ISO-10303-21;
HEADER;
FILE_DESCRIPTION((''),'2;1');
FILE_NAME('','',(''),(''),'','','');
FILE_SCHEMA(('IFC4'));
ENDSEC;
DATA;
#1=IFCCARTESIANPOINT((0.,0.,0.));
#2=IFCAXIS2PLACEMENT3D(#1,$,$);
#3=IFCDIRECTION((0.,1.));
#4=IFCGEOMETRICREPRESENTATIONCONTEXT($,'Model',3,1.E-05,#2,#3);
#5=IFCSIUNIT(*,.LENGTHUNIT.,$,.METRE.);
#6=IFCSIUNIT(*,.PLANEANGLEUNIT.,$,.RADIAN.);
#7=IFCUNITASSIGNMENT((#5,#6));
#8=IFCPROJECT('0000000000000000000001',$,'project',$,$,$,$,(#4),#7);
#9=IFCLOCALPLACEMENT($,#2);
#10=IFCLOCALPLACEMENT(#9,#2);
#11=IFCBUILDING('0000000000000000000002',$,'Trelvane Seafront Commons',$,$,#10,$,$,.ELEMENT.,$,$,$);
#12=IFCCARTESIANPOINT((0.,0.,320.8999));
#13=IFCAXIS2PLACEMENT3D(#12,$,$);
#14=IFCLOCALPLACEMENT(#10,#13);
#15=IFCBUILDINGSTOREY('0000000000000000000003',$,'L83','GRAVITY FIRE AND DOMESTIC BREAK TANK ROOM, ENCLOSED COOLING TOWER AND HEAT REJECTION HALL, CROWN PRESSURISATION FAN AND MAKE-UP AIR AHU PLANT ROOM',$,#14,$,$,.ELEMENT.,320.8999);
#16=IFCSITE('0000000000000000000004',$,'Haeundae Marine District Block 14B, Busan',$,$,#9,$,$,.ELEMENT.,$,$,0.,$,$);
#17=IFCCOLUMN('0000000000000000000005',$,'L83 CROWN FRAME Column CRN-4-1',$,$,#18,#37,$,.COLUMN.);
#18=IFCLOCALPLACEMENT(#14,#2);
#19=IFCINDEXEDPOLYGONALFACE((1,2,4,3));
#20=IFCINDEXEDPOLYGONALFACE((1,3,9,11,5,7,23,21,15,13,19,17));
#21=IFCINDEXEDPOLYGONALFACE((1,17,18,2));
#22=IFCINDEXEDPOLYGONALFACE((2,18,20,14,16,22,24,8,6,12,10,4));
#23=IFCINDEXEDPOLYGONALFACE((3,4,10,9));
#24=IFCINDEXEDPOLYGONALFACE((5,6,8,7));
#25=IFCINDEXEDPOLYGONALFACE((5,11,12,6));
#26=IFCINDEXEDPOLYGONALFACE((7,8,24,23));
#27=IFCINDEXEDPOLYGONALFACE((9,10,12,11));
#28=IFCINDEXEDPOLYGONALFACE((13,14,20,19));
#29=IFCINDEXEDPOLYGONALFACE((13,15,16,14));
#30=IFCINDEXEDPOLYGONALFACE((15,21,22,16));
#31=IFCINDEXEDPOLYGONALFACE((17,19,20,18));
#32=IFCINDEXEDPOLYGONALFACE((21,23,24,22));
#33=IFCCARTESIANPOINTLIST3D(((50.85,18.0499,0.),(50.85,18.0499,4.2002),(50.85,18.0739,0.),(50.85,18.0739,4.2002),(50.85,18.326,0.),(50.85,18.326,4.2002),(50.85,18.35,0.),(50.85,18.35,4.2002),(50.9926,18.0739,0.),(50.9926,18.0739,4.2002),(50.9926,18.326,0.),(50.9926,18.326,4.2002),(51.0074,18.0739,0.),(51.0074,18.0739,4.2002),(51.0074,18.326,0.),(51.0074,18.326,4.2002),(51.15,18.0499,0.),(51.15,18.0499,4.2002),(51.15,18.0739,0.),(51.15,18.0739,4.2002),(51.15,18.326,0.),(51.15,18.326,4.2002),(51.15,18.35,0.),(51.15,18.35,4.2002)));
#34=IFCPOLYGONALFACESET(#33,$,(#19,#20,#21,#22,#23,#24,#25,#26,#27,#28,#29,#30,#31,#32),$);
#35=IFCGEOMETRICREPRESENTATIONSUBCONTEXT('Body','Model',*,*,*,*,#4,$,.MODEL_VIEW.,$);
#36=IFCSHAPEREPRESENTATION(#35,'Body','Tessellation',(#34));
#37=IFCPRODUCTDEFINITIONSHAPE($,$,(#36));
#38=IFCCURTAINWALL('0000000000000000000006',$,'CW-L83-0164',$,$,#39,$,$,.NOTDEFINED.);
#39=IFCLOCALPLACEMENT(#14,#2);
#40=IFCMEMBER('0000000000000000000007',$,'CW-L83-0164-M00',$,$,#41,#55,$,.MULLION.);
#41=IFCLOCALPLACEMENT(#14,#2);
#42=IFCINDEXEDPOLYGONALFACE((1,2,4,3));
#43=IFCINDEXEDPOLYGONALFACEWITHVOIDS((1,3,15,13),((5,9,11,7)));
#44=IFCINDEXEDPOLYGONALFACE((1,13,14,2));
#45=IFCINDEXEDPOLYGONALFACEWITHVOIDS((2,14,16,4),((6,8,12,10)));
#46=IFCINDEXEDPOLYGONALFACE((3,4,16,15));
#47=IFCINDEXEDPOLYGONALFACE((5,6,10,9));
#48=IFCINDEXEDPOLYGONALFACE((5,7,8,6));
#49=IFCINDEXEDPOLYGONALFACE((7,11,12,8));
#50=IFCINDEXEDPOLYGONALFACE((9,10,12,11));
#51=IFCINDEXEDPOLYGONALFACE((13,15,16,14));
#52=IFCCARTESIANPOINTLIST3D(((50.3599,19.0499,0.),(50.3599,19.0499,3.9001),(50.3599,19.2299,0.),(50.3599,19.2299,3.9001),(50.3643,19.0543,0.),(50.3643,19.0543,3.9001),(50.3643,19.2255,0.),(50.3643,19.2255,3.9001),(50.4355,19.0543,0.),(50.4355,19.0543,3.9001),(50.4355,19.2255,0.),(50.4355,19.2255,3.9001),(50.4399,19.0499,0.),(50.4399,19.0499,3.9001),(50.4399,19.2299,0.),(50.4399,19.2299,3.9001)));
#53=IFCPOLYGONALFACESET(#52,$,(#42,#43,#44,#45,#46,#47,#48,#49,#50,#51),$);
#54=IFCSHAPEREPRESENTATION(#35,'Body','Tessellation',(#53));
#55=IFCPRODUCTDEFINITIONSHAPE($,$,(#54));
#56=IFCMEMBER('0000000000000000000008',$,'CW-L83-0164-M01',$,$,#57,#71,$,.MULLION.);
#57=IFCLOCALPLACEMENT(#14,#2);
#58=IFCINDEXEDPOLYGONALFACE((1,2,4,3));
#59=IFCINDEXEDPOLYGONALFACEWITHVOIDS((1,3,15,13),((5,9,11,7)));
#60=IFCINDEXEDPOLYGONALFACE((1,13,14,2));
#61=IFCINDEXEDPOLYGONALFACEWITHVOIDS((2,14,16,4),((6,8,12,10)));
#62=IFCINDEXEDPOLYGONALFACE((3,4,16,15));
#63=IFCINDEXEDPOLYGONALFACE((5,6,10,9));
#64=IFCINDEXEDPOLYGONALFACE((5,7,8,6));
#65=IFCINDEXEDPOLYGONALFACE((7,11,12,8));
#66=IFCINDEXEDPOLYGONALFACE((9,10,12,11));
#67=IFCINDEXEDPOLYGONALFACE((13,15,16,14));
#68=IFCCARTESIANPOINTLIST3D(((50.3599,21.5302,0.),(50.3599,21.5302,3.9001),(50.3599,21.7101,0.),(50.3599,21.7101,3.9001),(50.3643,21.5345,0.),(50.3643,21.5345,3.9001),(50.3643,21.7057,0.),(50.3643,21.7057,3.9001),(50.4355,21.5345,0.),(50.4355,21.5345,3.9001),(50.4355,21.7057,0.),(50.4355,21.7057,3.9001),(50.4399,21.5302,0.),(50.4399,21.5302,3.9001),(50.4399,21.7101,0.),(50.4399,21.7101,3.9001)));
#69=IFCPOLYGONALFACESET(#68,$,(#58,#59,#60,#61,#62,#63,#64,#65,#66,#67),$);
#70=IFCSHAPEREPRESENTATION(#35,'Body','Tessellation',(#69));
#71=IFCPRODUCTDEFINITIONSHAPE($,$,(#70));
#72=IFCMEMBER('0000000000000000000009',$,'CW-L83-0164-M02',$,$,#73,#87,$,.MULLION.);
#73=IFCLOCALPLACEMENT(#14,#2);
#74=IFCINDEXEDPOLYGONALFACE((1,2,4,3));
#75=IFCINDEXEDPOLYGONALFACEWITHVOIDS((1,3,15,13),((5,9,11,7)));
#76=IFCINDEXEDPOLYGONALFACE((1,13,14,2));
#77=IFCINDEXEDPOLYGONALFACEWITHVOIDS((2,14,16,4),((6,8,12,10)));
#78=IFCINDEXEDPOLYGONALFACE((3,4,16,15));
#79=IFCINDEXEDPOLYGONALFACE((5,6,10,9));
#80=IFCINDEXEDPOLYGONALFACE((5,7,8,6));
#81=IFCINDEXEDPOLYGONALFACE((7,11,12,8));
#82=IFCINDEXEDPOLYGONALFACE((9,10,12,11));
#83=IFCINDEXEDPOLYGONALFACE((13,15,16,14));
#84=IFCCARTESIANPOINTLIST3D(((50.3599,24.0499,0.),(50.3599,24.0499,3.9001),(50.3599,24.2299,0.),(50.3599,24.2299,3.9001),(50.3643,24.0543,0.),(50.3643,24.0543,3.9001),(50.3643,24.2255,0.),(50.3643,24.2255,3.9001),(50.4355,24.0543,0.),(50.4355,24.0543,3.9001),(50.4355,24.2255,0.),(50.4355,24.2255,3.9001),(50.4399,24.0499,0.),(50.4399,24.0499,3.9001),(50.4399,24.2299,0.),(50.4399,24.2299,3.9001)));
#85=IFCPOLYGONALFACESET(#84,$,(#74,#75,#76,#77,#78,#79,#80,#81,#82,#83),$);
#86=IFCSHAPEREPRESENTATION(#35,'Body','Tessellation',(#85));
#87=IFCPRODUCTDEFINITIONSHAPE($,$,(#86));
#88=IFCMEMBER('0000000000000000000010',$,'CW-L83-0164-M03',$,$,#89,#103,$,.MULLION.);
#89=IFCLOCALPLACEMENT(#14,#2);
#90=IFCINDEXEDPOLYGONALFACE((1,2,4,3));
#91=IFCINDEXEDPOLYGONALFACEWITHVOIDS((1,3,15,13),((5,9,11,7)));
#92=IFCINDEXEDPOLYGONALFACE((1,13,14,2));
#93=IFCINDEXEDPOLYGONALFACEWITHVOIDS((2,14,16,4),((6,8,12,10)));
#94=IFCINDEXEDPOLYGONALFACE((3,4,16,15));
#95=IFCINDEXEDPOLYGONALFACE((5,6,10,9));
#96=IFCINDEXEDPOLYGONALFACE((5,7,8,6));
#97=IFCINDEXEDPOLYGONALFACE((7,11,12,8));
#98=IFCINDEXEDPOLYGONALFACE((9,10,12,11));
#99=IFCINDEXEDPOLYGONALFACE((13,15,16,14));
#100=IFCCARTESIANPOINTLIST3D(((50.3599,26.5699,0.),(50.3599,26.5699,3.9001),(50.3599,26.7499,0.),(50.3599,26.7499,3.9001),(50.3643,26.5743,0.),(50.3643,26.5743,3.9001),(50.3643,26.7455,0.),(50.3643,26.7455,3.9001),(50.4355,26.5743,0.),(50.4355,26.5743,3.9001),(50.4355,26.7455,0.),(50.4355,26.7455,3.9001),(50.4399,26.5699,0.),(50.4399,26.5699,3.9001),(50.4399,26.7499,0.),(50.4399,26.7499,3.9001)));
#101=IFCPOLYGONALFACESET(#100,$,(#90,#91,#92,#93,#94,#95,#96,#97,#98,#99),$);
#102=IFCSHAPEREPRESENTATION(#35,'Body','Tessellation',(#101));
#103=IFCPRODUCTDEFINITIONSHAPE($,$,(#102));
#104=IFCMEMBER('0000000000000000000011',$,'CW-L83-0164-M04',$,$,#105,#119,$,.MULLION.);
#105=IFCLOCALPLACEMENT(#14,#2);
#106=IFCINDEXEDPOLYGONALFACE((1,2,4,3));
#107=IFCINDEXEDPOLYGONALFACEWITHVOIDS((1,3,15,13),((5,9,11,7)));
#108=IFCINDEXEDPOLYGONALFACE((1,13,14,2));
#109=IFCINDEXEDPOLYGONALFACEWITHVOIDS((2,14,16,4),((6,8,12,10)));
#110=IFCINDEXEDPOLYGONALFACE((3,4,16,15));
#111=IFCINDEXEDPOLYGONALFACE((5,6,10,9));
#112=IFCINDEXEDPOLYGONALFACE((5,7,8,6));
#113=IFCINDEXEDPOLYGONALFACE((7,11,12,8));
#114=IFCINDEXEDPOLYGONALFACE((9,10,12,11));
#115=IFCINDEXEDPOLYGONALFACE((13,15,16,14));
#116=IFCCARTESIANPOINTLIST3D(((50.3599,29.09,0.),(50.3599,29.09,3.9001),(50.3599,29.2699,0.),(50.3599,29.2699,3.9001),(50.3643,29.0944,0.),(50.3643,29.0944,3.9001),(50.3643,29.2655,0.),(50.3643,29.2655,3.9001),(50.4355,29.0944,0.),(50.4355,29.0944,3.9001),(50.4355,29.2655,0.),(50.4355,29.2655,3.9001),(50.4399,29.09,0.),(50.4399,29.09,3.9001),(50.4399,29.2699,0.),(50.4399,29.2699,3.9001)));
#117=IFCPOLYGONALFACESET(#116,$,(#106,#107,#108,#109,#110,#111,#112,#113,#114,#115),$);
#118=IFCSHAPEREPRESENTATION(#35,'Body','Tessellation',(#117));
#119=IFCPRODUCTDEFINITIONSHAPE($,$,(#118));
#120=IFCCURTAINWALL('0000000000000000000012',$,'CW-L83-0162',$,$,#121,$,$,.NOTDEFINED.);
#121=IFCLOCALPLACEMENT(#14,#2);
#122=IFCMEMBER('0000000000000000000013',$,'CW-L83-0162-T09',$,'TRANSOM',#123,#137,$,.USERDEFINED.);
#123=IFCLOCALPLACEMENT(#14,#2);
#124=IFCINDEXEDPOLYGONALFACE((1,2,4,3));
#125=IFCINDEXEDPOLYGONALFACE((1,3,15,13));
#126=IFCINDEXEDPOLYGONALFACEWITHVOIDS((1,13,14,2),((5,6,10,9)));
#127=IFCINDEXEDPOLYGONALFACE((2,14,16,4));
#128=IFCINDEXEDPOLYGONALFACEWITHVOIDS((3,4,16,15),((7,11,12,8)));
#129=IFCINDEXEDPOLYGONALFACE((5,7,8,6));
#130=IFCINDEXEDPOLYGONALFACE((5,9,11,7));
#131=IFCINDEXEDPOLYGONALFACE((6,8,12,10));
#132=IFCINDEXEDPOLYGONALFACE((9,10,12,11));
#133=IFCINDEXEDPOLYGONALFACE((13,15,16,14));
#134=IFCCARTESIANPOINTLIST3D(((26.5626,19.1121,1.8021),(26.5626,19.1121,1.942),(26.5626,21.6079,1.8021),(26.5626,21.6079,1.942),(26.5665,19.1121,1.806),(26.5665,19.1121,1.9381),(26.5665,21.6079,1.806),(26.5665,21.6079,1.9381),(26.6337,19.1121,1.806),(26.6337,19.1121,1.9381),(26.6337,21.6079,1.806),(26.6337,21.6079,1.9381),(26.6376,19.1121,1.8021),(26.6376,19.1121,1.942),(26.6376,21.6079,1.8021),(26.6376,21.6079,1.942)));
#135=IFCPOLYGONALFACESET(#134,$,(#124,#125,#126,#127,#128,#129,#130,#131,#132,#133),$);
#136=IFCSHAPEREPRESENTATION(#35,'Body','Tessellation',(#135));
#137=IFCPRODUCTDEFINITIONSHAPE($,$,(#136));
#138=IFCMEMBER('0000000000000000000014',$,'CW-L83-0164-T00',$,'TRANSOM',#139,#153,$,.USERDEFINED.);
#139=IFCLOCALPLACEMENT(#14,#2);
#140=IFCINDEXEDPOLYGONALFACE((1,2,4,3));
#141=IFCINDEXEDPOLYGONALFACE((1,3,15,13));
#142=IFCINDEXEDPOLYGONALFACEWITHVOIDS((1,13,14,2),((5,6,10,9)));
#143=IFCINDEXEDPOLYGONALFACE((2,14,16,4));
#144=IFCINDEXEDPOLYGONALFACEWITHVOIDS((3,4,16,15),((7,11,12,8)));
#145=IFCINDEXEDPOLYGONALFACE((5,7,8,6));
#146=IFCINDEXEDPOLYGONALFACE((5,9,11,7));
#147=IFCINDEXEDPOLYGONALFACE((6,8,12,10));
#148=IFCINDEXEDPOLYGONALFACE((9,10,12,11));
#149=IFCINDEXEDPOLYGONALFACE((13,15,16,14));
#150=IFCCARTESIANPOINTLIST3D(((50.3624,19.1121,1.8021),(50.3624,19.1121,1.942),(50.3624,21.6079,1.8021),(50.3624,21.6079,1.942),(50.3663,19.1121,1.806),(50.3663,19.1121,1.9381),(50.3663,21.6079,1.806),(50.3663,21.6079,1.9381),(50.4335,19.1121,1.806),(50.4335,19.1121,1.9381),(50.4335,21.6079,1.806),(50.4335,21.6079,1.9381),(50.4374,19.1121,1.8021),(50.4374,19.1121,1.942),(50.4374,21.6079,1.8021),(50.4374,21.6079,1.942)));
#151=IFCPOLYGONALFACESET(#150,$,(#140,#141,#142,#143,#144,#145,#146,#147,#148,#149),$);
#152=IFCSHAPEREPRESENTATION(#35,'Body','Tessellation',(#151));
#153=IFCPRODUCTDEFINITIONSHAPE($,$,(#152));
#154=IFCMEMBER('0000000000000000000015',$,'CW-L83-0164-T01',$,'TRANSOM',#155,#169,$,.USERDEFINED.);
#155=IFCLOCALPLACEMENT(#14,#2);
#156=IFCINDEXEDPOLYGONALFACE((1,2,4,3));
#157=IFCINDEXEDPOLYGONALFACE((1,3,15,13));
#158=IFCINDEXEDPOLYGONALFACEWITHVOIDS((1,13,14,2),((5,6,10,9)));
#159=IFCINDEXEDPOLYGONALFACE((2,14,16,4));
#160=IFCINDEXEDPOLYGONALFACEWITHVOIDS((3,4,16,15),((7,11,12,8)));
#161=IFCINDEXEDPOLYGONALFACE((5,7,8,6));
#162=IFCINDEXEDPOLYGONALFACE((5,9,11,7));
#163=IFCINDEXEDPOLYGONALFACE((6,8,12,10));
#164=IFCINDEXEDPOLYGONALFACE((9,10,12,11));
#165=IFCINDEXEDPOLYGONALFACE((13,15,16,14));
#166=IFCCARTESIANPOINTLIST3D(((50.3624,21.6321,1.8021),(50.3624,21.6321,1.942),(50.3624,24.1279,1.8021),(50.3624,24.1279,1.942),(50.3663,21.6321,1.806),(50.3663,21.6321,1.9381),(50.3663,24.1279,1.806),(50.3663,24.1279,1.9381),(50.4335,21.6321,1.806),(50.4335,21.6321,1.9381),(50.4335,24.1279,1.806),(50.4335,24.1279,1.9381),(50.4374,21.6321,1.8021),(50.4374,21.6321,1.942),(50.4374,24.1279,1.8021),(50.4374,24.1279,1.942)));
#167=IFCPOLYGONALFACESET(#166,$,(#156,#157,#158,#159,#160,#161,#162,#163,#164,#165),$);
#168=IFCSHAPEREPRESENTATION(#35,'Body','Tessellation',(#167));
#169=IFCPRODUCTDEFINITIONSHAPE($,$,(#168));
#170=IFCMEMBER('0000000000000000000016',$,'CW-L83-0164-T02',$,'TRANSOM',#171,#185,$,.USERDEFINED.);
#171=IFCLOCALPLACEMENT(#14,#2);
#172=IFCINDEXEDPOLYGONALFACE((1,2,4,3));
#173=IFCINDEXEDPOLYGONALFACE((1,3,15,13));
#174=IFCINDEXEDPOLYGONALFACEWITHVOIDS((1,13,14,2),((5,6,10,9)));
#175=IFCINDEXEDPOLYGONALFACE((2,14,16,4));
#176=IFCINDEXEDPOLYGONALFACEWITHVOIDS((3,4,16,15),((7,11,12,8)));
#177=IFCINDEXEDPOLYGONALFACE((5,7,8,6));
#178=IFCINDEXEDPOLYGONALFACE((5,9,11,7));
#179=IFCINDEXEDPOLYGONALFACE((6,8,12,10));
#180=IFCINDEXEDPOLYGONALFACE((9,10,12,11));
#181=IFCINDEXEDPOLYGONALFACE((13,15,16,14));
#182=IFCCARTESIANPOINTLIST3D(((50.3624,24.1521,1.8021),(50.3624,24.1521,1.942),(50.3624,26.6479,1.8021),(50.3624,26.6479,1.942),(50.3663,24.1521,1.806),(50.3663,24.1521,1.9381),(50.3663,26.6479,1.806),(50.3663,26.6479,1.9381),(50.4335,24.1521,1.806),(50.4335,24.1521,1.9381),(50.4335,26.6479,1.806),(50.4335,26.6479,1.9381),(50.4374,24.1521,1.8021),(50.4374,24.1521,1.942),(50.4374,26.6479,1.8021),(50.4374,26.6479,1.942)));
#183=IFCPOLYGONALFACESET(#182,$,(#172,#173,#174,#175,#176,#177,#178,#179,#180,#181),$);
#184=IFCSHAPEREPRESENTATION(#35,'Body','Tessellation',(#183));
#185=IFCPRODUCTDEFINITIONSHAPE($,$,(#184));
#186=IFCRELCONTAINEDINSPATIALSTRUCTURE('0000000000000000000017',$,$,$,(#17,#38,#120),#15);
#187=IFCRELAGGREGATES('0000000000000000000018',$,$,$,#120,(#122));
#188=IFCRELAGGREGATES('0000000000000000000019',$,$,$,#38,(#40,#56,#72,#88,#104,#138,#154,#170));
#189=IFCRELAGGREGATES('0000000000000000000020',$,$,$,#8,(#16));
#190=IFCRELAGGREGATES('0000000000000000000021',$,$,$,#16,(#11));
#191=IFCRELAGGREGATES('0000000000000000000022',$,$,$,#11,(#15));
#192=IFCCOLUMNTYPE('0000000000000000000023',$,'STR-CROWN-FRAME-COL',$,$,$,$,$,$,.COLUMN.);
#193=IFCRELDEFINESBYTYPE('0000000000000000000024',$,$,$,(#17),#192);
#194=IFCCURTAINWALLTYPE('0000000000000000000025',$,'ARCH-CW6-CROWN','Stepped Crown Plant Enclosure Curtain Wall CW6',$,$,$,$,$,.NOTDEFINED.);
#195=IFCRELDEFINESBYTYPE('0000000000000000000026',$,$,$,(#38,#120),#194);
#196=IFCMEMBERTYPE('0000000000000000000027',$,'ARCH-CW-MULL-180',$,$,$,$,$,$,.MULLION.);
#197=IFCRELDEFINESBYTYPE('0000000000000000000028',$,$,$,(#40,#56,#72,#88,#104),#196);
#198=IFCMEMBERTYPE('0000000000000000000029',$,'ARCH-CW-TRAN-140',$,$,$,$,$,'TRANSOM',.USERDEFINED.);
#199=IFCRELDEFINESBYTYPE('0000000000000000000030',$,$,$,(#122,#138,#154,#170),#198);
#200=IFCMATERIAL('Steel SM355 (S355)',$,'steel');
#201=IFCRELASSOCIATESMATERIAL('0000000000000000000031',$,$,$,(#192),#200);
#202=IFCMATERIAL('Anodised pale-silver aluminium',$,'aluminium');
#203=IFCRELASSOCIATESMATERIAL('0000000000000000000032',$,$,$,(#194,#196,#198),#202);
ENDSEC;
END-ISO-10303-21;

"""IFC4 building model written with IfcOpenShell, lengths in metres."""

from ifc_helpers import new_model, si_unit, direction, frame, origin, origin_2d, place, context, subcontext, project, spatial, hollow_rectangle, i_section, extrude, source, transform, mapped, material, material_profile, profile_set, type_object, element, aggregate, save


model = new_model("IFC4")

# Units and contexts
model_context = context("Model", 3, precision=1e-05, world=origin(), true_north=direction((0.0, 1.0)))
body_context = subcontext(model_context, "Body", "Model", "MODEL_VIEW")
ifc_project = project(units=[si_unit("LENGTHUNIT", "METRE"), si_unit("PLANEANGLEUNIT", "RADIAN")], contexts=[model_context])

# Site, building, storey
site_placement = place(None, origin())
site = spatial("IfcSite", under=ifc_project, at=site_placement, Name="Haeundae Marine District Block 14B, Busan", CompositionType="ELEMENT", RefElevation=0.0)
building_placement = place(site_placement, origin())
building = spatial("IfcBuilding", under=site, at=building_placement, Name="Trelvane Seafront Commons", CompositionType="ELEMENT")
storey_placement = place(building_placement, frame((0.0, 0.0, 320.8999)))
storey = spatial("IfcBuildingStorey", under=building, at=storey_placement, Name="L83", Description="GRAVITY FIRE AND DOMESTIC BREAK TANK ROOM, ENCLOSED COOLING TOWER AND HEAT REJECTION HALL, CROWN PRESSURISATION FAN AND MAKE-UP AIR AHU PLANT ROOM", CompositionType="ELEMENT", Elevation=320.8999)

# Column
ifc_material_1 = material(Name="Steel SM355 (S355)", Category="steel")
ifc_material_profile_1 = material_profile(ifc_material_1, i_section(OverallWidth=0.3, OverallDepth=0.3, WebThickness=0.0149, FlangeThickness=0.0239, at=origin_2d()), Name="HD-300x300x15x24")
ifc_profile_set_1 = profile_set([ifc_material_profile_1], Name="Steel SM355 (S355)")
column_type = type_object("IfcColumnType", Name="STR-CROWN-FRAME-COL", PredefinedType="COLUMN", material=ifc_profile_set_1)
shared_shape_1 = source(origin(), body_context, "Body", "SweptSolid", [
    extrude(i_section(OverallWidth=0.3, OverallDepth=0.3, WebThickness=0.0149, FlangeThickness=0.0239, at=origin_2d()), origin(), (0.0, 0.0, 1.0), 4.2002),
])
column_placement = place(storey_placement, frame((51.0, 18.2, 0.0), z_axis=(0.0, 0.0, 1.0), x_axis=(1.0, 0.0, 0.0)))
element("IfcColumn", 1, at=column_placement, inside=storey, type_object=column_type, Name="L83 CROWN FRAME Column CRN-4-1", PredefinedType="COLUMN", context=body_context, shape_type="MappedRepresentation", body=[
    mapped(shared_shape_1, transform((0.0, 0.0, 0.0), x_axis=(1.0, 0.0, 0.0), y_axis=(0.0, 1.0, 0.0), z_axis=(0.0, 0.0, 1.0), scale=1.0)),
])

# Curtain wall, members
ifc_material_2 = material(Name="Anodised pale-silver aluminium", Category="aluminium")
curtain_wall_type = type_object("IfcCurtainWallType", Name="ARCH-CW6-CROWN", Description="Stepped Crown Plant Enclosure Curtain Wall CW6", PredefinedType="NOTDEFINED", material=ifc_material_2)
curtain_wall_1_placement = place(storey_placement, origin())
curtain_wall_1 = element("IfcCurtainWall", 2, at=curtain_wall_1_placement, inside=storey, type_object=curtain_wall_type, Name="CW-L83-0164", PredefinedType="NOTDEFINED")
ifc_material_profile_2 = material_profile(ifc_material_2, hollow_rectangle(XDim=0.0801, YDim=0.1799, WallThickness=0.0044, at=origin_2d()), Name="MULL-80x180x4.5")
ifc_profile_set_2 = profile_set([ifc_material_profile_2], Name="Anodised pale-silver aluminium")
member_type_1 = type_object("IfcMemberType", Name="ARCH-CW-MULL-180", PredefinedType="MULLION", material=ifc_profile_set_2)
shared_shape_2 = source(origin(), body_context, "Body", "SweptSolid", [
    extrude(hollow_rectangle(XDim=0.0801, YDim=0.1799, WallThickness=0.0044, at=origin_2d()), origin(), (0.0, 0.0, 1.0), 3.9001),
])
member_1_placement = place(storey_placement, frame((50.3999, 19.1399, 0.0), z_axis=(0.0, 0.0, 1.0), x_axis=(1.0, 0.0, 0.0)))
member_1 = element("IfcMember", 3, at=member_1_placement, type_object=member_type_1, Name="CW-L83-0164-M00", PredefinedType="MULLION", context=body_context, shape_type="MappedRepresentation", body=[
    mapped(shared_shape_2, transform((0.0, 0.0, 0.0), x_axis=(1.0, 0.0, 0.0), y_axis=(0.0, 1.0, 0.0), z_axis=(0.0, 0.0, 1.0), scale=1.0)),
])
member_2_placement = place(storey_placement, frame((50.3999, 21.6201, 0.0), z_axis=(0.0, 0.0, 1.0), x_axis=(1.0, 0.0, 0.0)))
member_2 = element("IfcMember", 4, at=member_2_placement, type_object=member_type_1, Name="CW-L83-0164-M01", PredefinedType="MULLION", context=body_context, shape_type="MappedRepresentation", body=[
    mapped(shared_shape_2, transform((0.0, 0.0, 0.0), x_axis=(1.0, 0.0, 0.0), y_axis=(0.0, 1.0, 0.0), z_axis=(0.0, 0.0, 1.0), scale=1.0)),
])
member_3_placement = place(storey_placement, frame((50.3999, 24.1399, 0.0), z_axis=(0.0, 0.0, 1.0), x_axis=(1.0, 0.0, 0.0)))
member_3 = element("IfcMember", 5, at=member_3_placement, type_object=member_type_1, Name="CW-L83-0164-M02", PredefinedType="MULLION", context=body_context, shape_type="MappedRepresentation", body=[
    mapped(shared_shape_2, transform((0.0, 0.0, 0.0), x_axis=(1.0, 0.0, 0.0), y_axis=(0.0, 1.0, 0.0), z_axis=(0.0, 0.0, 1.0), scale=1.0)),
])
member_4_placement = place(storey_placement, frame((50.3999, 26.6599, 0.0), z_axis=(0.0, 0.0, 1.0), x_axis=(1.0, 0.0, 0.0)))
member_4 = element("IfcMember", 6, at=member_4_placement, type_object=member_type_1, Name="CW-L83-0164-M03", PredefinedType="MULLION", context=body_context, shape_type="MappedRepresentation", body=[
    mapped(shared_shape_2, transform((0.0, 0.0, 0.0), x_axis=(1.0, 0.0, 0.0), y_axis=(0.0, 1.0, 0.0), z_axis=(0.0, 0.0, 1.0), scale=1.0)),
])
member_5_placement = place(storey_placement, frame((50.3999, 29.1799, 0.0), z_axis=(0.0, 0.0, 1.0), x_axis=(1.0, 0.0, 0.0)))
member_5 = element("IfcMember", 7, at=member_5_placement, type_object=member_type_1, Name="CW-L83-0164-M04", PredefinedType="MULLION", context=body_context, shape_type="MappedRepresentation", body=[
    mapped(shared_shape_2, transform((0.0, 0.0, 0.0), x_axis=(1.0, 0.0, 0.0), y_axis=(0.0, 1.0, 0.0), z_axis=(0.0, 0.0, 1.0), scale=1.0)),
])

# Curtain wall, member
curtain_wall_2_placement = place(storey_placement, origin())
curtain_wall_2 = element("IfcCurtainWall", 8, at=curtain_wall_2_placement, inside=storey, type_object=curtain_wall_type, Name="CW-L83-0162", PredefinedType="NOTDEFINED")
ifc_material_profile_3 = material_profile(ifc_material_2, hollow_rectangle(XDim=0.075, YDim=0.1399, WallThickness=0.0039, at=origin_2d()), Name="TRAN-75x140x4")
ifc_profile_set_3 = profile_set([ifc_material_profile_3], Name="Anodised pale-silver aluminium")
member_type_2 = type_object("IfcMemberType", Name="ARCH-CW-TRAN-140", ElementType="TRANSOM", PredefinedType="USERDEFINED", material=ifc_profile_set_3)
shared_shape_3 = source(origin(), body_context, "Body", "SweptSolid", [
    extrude(hollow_rectangle(XDim=0.075, YDim=0.1399, WallThickness=0.0039, at=origin_2d()), origin(), (0.0, 0.0, 1.0), 2.4958),
])
member_6_placement = place(storey_placement, frame((26.6001, 21.6079, 1.8721), z_axis=(0.0, -1.0, 0.0), x_axis=(1.0, 0.0, 0.0)))
member_6 = element("IfcMember", 9, at=member_6_placement, type_object=member_type_2, Name="CW-L83-0162-T09", ObjectType="TRANSOM", PredefinedType="USERDEFINED", context=body_context, shape_type="MappedRepresentation", body=[
    mapped(shared_shape_3, transform((0.0, 0.0, 0.0), x_axis=(1.0, 0.0, 0.0), y_axis=(0.0, 1.0, 0.0), z_axis=(0.0, 0.0, 1.0), scale=1.0)),
])

# Members
member_7_placement = place(storey_placement, frame((50.3999, 19.1121, 1.8721), z_axis=(0.0, 1.0, 0.0), x_axis=(-1.0, 0.0, 0.0)))
member_7 = element("IfcMember", 10, at=member_7_placement, type_object=member_type_2, Name="CW-L83-0164-T00", ObjectType="TRANSOM", PredefinedType="USERDEFINED", context=body_context, shape_type="MappedRepresentation", body=[
    mapped(shared_shape_3, transform((0.0, 0.0, 0.0), x_axis=(1.0, 0.0, 0.0), y_axis=(0.0, 1.0, 0.0), z_axis=(0.0, 0.0, 1.0), scale=1.0)),
])
member_8_placement = place(storey_placement, frame((50.3999, 21.6321, 1.8721), z_axis=(0.0, 1.0, 0.0), x_axis=(-1.0, 0.0, 0.0)))
member_8 = element("IfcMember", 11, at=member_8_placement, type_object=member_type_2, Name="CW-L83-0164-T01", ObjectType="TRANSOM", PredefinedType="USERDEFINED", context=body_context, shape_type="MappedRepresentation", body=[
    mapped(shared_shape_3, transform((0.0, 0.0, 0.0), x_axis=(1.0, 0.0, 0.0), y_axis=(0.0, 1.0, 0.0), z_axis=(0.0, 0.0, 1.0), scale=1.0)),
])
member_9_placement = place(storey_placement, frame((50.3999, 24.1521, 1.8721), z_axis=(0.0, 1.0, 0.0), x_axis=(-1.0, 0.0, 0.0)))
member_9 = element("IfcMember", 12, at=member_9_placement, type_object=member_type_2, Name="CW-L83-0164-T02", ObjectType="TRANSOM", PredefinedType="USERDEFINED", context=body_context, shape_type="MappedRepresentation", body=[
    mapped(shared_shape_3, transform((0.0, 0.0, 0.0), x_axis=(1.0, 0.0, 0.0), y_axis=(0.0, 1.0, 0.0), z_axis=(0.0, 0.0, 1.0), scale=1.0)),
])

aggregate(curtain_wall_2, [member_6])
aggregate(curtain_wall_1, [member_1, member_2, member_3, member_4, member_5, member_7, member_8, member_9])

save(model, "model.ifc")
